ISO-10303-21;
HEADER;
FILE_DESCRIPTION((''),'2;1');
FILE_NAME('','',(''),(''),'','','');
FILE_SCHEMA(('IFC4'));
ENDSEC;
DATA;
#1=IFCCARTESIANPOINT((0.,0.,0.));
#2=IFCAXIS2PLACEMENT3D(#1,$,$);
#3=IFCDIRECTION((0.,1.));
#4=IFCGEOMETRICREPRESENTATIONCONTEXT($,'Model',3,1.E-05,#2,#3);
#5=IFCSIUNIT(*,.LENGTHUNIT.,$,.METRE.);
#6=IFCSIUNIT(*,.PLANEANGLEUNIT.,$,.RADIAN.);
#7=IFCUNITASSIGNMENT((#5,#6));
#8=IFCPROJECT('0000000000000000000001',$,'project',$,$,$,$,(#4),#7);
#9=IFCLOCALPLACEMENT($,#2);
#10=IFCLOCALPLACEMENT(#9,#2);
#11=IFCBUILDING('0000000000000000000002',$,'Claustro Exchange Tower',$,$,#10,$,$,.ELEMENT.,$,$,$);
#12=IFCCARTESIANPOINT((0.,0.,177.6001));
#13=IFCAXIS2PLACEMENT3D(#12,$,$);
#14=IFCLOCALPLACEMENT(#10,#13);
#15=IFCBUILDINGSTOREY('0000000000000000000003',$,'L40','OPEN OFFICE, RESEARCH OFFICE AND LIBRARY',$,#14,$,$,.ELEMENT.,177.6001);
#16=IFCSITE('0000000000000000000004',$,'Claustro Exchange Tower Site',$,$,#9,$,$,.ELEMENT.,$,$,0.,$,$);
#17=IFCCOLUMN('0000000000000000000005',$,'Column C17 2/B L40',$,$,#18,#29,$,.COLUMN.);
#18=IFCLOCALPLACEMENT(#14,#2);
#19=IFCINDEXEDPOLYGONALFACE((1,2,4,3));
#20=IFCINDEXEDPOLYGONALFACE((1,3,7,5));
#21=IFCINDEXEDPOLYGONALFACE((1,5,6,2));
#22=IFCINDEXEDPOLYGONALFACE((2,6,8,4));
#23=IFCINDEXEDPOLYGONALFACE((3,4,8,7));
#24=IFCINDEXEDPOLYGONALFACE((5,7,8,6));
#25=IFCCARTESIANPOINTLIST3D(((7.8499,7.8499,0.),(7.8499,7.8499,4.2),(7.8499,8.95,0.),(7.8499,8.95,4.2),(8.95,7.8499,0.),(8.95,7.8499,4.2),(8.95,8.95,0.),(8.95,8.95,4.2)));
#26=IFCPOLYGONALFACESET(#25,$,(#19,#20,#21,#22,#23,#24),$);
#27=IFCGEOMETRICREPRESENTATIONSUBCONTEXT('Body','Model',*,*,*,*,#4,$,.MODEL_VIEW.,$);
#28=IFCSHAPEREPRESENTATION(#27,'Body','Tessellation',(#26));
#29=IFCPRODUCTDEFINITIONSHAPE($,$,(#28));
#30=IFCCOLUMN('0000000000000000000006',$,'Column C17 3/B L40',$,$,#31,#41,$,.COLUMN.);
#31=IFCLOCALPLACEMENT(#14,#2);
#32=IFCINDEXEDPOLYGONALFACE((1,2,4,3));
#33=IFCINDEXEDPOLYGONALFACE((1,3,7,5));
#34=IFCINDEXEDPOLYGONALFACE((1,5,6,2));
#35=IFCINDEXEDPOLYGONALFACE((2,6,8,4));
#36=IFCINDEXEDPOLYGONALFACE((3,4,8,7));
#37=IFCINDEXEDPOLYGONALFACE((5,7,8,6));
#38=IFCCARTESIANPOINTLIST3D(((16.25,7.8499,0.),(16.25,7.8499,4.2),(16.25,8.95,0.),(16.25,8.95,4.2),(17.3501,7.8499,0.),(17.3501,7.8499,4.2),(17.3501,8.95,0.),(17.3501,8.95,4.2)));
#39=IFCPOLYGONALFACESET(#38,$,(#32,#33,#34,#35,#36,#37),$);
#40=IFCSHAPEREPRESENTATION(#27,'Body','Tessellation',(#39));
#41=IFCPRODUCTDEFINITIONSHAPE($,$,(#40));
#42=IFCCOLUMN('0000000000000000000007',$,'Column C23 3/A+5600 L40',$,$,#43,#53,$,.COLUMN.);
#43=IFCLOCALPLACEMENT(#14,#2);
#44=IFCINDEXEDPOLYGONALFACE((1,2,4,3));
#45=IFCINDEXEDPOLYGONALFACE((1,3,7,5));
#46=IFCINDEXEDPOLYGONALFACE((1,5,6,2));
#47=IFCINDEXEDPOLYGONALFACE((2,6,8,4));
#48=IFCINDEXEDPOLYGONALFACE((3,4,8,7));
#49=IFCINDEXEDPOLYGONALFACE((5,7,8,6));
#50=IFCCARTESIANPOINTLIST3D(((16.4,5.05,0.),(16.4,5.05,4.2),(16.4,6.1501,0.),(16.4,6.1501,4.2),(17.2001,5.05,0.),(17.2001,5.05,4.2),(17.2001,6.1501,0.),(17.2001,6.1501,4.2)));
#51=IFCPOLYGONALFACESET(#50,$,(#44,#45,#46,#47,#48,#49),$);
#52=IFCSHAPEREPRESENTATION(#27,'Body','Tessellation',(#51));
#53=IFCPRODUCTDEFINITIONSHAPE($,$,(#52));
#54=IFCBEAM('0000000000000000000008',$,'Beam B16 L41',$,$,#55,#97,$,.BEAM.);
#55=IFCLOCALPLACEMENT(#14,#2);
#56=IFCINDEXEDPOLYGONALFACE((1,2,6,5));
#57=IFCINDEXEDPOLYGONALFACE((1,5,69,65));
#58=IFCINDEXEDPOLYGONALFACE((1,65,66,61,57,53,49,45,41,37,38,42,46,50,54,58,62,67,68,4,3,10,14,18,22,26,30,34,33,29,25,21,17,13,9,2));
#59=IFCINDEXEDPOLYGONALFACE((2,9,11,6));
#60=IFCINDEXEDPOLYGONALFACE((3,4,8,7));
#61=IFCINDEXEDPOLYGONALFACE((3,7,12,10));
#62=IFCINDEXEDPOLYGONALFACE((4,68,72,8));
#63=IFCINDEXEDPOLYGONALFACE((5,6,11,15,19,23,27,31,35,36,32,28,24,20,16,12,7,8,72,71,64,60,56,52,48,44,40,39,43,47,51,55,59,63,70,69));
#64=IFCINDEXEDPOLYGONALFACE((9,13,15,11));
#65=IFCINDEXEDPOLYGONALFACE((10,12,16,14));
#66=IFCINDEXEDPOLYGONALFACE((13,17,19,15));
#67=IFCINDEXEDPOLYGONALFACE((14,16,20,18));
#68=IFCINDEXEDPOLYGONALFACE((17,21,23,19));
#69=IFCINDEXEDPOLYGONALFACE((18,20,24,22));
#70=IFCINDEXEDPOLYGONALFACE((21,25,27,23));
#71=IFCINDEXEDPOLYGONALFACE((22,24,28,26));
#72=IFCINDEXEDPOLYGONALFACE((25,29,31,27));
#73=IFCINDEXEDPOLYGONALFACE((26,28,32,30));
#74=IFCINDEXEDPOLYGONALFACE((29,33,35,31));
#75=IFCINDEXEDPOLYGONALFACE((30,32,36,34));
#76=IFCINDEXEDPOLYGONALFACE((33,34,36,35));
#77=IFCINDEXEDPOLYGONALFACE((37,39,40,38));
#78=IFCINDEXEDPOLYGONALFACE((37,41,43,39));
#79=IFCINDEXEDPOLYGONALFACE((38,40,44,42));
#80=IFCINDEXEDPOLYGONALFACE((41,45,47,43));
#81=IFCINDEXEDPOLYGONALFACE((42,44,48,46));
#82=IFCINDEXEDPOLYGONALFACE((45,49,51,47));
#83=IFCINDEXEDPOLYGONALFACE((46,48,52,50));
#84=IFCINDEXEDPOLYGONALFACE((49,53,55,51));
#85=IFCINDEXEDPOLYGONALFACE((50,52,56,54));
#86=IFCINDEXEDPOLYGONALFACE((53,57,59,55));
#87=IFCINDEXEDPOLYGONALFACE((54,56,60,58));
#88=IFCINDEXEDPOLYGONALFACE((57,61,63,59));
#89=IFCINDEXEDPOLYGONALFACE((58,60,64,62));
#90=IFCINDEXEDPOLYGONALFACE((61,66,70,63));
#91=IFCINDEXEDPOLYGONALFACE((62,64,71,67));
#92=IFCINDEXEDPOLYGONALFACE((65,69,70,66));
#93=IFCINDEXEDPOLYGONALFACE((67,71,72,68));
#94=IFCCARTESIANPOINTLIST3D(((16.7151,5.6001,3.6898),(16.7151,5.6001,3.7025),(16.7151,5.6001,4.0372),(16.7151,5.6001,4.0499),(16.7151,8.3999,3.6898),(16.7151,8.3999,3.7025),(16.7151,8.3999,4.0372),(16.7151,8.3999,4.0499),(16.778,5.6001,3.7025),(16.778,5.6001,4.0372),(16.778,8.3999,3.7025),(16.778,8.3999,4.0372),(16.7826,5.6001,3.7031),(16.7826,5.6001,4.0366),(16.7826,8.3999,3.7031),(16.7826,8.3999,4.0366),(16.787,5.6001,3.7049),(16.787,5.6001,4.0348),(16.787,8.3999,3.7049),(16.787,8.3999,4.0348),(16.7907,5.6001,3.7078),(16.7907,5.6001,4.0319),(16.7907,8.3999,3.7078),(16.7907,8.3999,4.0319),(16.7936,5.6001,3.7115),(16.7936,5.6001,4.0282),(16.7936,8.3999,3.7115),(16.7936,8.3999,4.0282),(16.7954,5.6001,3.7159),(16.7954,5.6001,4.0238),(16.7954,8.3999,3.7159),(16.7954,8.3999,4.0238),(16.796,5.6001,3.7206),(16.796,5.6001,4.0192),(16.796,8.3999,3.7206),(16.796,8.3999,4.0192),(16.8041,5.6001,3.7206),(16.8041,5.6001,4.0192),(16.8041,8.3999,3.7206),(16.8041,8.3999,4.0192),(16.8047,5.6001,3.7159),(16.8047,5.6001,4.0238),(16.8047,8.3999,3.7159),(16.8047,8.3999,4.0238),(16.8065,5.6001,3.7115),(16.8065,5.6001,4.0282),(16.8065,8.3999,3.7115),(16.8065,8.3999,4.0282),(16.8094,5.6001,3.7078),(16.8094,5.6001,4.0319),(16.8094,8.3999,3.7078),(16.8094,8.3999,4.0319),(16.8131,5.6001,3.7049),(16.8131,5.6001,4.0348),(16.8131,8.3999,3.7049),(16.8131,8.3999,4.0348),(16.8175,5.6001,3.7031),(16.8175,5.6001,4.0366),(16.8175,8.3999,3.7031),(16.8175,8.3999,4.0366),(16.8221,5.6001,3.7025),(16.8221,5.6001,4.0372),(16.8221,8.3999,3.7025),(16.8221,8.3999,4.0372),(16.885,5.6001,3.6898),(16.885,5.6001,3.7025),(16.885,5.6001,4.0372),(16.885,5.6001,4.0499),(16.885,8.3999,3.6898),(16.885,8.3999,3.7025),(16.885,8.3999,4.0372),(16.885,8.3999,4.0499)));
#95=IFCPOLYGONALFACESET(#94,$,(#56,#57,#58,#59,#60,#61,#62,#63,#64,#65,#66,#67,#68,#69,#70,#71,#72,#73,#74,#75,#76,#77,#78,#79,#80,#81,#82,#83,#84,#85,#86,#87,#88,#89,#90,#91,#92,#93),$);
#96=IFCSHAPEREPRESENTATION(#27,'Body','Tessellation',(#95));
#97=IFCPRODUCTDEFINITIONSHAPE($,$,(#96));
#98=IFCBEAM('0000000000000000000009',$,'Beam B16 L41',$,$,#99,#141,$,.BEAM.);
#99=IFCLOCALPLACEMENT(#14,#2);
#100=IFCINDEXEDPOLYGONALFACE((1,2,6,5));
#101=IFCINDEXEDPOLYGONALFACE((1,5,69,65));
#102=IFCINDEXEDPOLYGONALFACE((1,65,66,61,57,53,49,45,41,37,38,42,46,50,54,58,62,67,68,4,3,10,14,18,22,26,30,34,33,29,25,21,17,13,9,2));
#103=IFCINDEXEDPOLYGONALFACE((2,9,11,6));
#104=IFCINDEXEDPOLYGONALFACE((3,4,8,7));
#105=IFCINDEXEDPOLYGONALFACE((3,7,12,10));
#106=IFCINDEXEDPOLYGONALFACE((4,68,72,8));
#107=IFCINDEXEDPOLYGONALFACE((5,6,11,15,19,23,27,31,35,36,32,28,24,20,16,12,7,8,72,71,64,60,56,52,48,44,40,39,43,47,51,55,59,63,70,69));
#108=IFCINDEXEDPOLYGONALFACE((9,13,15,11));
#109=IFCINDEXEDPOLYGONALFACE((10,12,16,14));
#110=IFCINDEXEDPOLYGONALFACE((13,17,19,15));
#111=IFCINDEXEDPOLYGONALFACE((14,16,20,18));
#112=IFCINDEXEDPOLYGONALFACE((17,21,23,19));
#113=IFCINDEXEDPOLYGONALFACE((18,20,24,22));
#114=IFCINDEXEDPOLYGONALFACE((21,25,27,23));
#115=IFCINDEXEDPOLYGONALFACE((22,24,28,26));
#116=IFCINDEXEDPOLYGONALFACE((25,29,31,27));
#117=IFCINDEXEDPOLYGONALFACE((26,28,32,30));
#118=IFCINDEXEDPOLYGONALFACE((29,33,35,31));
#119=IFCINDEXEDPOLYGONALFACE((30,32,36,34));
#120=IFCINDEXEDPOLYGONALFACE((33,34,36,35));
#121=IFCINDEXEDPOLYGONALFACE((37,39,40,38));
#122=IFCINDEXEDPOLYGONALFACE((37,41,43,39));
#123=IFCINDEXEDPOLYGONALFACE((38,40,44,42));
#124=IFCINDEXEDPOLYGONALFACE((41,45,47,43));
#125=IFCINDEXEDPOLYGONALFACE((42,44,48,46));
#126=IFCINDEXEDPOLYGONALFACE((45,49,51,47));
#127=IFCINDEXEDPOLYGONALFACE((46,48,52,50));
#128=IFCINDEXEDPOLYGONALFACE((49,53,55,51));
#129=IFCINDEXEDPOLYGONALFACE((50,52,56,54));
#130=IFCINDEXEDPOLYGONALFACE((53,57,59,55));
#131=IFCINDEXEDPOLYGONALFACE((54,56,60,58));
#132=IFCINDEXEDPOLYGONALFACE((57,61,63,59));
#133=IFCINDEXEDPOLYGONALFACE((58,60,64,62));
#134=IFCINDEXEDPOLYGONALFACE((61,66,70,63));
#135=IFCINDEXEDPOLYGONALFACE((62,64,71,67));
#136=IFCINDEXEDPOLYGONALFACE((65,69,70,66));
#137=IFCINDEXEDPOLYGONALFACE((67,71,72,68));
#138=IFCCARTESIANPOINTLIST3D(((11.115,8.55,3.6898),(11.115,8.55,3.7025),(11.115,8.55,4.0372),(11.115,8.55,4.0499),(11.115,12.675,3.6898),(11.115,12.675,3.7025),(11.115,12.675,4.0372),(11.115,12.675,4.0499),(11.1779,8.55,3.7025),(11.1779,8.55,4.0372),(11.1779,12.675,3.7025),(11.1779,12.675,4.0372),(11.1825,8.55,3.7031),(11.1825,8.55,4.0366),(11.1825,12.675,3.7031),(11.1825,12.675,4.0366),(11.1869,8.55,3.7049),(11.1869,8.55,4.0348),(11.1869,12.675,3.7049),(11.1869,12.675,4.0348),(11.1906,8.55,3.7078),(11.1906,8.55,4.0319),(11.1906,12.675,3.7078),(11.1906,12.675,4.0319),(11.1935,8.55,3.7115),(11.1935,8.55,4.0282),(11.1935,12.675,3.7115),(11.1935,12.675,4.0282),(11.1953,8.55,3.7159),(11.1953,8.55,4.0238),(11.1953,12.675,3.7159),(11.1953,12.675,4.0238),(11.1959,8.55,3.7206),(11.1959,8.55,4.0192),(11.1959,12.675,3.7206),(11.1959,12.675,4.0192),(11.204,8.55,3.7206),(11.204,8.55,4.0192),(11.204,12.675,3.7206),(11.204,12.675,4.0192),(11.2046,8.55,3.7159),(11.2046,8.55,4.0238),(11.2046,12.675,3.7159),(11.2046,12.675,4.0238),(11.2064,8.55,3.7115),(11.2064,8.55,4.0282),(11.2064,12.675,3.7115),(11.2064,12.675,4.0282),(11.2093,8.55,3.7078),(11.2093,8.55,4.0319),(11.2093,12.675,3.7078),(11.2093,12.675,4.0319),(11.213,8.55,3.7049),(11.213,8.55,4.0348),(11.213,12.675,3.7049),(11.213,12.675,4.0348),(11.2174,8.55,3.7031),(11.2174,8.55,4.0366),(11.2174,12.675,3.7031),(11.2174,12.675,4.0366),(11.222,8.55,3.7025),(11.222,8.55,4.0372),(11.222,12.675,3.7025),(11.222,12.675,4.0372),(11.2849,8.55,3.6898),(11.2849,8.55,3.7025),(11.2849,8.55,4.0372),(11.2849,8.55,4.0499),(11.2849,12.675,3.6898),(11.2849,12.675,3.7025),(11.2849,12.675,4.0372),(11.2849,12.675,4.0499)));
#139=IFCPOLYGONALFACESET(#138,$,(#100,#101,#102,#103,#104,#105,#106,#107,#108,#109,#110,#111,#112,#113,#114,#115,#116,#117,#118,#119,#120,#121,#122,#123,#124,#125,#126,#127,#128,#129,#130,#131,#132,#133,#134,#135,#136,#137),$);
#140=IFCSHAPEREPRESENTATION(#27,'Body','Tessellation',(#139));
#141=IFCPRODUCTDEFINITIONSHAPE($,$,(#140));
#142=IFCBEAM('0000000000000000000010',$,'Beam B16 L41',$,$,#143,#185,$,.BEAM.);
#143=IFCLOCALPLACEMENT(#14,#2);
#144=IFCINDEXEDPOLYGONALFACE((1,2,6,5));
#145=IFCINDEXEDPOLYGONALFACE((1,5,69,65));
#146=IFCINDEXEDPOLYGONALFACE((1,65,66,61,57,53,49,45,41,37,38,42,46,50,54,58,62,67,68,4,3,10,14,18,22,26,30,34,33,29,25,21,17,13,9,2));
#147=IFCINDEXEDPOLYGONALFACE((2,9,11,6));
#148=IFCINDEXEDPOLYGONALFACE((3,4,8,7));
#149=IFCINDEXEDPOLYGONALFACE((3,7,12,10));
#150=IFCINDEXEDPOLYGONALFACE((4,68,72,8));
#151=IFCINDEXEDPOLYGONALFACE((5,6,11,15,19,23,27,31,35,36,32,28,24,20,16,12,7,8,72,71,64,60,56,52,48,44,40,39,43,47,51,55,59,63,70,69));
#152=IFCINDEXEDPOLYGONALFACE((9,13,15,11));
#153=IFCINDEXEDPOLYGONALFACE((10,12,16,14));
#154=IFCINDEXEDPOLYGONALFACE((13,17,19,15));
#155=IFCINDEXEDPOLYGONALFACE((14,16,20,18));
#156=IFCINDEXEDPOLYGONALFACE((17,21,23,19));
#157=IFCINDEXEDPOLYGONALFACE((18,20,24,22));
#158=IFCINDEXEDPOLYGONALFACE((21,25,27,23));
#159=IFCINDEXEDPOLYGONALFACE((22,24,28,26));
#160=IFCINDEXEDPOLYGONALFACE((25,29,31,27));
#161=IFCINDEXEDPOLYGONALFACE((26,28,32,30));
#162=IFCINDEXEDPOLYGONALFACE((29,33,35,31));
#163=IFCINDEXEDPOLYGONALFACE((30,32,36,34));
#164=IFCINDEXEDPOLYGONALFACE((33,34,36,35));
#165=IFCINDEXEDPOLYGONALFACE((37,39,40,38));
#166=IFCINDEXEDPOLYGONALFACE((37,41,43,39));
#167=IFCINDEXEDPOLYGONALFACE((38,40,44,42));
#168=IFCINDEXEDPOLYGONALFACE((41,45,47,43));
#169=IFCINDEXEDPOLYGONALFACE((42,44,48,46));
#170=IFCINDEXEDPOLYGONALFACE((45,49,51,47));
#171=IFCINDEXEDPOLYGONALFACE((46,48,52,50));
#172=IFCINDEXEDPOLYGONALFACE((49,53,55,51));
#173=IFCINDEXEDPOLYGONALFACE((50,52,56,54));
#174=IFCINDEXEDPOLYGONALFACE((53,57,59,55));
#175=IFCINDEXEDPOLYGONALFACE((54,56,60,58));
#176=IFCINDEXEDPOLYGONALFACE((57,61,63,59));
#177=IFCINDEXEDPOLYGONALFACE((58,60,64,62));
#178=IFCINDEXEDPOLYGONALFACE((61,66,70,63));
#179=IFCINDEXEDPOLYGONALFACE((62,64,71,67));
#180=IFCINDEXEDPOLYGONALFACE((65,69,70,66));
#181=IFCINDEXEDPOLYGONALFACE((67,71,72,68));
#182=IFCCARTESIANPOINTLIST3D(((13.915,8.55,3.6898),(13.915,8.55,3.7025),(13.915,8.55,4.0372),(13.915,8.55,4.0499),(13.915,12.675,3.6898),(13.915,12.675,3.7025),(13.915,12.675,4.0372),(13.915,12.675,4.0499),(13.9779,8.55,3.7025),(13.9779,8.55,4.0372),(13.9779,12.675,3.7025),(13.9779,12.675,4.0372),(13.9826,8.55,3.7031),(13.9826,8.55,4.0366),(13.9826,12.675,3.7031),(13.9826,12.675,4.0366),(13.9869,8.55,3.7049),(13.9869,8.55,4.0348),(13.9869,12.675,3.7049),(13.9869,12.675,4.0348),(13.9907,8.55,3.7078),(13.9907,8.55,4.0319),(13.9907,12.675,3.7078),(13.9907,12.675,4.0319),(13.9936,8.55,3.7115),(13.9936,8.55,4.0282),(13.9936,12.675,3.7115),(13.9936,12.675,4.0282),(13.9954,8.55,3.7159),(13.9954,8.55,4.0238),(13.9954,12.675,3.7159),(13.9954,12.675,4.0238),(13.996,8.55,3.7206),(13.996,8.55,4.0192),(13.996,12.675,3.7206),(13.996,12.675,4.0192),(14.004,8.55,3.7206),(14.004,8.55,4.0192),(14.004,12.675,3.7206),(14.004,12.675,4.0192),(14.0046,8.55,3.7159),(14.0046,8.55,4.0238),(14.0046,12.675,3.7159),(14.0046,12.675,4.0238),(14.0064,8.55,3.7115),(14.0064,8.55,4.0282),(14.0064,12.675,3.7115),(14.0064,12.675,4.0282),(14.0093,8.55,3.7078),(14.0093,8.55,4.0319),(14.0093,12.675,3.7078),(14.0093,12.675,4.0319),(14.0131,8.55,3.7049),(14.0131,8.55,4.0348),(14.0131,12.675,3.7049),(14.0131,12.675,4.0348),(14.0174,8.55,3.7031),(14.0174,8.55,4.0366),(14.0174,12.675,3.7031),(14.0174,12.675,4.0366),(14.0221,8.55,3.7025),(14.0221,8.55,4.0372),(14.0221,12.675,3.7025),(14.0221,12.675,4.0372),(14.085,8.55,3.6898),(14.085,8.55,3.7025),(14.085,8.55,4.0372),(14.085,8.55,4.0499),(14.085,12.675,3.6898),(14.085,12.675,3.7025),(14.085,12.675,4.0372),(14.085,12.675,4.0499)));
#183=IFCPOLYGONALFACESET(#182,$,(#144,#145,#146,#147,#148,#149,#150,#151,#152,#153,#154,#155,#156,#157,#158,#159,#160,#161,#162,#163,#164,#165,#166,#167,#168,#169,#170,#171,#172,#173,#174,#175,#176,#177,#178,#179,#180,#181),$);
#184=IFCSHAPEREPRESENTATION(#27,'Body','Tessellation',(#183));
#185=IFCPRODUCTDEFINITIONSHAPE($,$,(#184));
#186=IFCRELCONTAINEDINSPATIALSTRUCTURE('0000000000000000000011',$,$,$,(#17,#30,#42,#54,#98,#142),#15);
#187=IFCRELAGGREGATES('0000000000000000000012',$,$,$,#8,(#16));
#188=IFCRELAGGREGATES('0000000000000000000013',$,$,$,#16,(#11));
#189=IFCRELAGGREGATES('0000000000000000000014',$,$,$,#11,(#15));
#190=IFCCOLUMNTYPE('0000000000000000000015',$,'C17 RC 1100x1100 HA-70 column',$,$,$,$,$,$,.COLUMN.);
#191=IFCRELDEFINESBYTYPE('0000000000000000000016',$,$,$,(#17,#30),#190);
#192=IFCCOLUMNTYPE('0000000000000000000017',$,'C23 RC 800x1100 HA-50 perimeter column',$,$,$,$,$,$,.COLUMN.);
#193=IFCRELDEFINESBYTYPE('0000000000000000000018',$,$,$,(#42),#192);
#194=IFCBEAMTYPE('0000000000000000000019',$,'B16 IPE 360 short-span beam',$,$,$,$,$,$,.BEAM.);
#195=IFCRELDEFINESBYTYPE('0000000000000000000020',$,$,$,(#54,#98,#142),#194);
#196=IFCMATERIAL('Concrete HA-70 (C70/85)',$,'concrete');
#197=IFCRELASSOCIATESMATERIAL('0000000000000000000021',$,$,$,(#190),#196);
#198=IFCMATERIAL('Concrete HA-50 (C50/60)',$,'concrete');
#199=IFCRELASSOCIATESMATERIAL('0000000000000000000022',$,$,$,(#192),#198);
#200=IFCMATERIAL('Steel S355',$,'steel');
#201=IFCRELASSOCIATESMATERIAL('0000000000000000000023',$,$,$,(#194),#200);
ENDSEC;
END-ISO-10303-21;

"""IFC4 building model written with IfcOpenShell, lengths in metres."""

from ifc_helpers import new_model, si_unit, direction, frame, origin, origin_2d, place, context, subcontext, project, spatial, rectangle, i_section, extrude, material, material_profile, profile_set, type_object, element, save


model = new_model("IFC4")

# Units and contexts
model_context = context("Model", 3, precision=1e-05, world=origin(), true_north=direction((0.0, 1.0)))
body_context = subcontext(model_context, "Body", "Model", "MODEL_VIEW")
ifc_project = project(units=[si_unit("LENGTHUNIT", "METRE"), si_unit("PLANEANGLEUNIT", "RADIAN")], contexts=[model_context])

# Site, building, storey
site_placement = place(None, origin())
site = spatial("IfcSite", under=ifc_project, at=site_placement, Name="Claustro Exchange Tower Site", CompositionType="ELEMENT", RefElevation=0.0)
building_placement = place(site_placement, origin())
building = spatial("IfcBuilding", under=site, at=building_placement, Name="Claustro Exchange Tower", CompositionType="ELEMENT")
storey_placement = place(building_placement, frame((0.0, 0.0, 177.6001)))
storey = spatial("IfcBuildingStorey", under=building, at=storey_placement, Name="L40", Description="OPEN OFFICE, RESEARCH OFFICE AND LIBRARY", CompositionType="ELEMENT", Elevation=177.6001)

# Columns
ifc_material_1 = material(Name="Concrete HA-70 (C70/85)", Category="concrete")
ifc_material_profile_1 = material_profile(ifc_material_1, rectangle(XDim=1.1001, YDim=1.1001, at=origin_2d()), Name="RC 1100x1100")
ifc_profile_set_1 = profile_set([ifc_material_profile_1], Name="Concrete HA-70 (C70/85)")
column_type_1 = type_object("IfcColumnType", Name="C17 RC 1100x1100 HA-70 column", PredefinedType="COLUMN", material=ifc_profile_set_1)
for number, where, z_axis, x_axis, name in (
    (1, (8.3999, 8.3999, 0.0), (0.0, 0.0, 1.0), (1.0, 0.0, 0.0), "Column C17 2/B L40"),
    (2, (16.8, 8.3999, 0.0), (0.0, 0.0, 1.0), (1.0, 0.0, 0.0), "Column C17 3/B L40"),
):
    element("IfcColumn", number, at=place(storey_placement, frame(where, z_axis=z_axis, x_axis=x_axis)), inside=storey, type_object=column_type_1, Name=name, PredefinedType="COLUMN", context=body_context, shape_type="SweptSolid", body=[
        extrude(rectangle(XDim=1.1001, YDim=1.1001, at=origin_2d()), origin(), (0.0, 0.0, 1.0), 4.2),
    ])
ifc_material_2 = material(Name="Concrete HA-50 (C50/60)", Category="concrete")
ifc_material_profile_2 = material_profile(ifc_material_2, rectangle(XDim=0.8, YDim=1.1001, at=origin_2d()), Name="RC 800x1100")
ifc_profile_set_2 = profile_set([ifc_material_profile_2], Name="Concrete HA-50 (C50/60)")
column_type_2 = type_object("IfcColumnType", Name="C23 RC 800x1100 HA-50 perimeter column", PredefinedType="COLUMN", material=ifc_profile_set_2)
column_placement = place(storey_placement, frame((16.8, 5.6001, 0.0), z_axis=(0.0, 0.0, 1.0), x_axis=(1.0, 0.0, 0.0)))
element("IfcColumn", 3, at=column_placement, inside=storey, type_object=column_type_2, Name="Column C23 3/A+5600 L40", PredefinedType="COLUMN", context=body_context, shape_type="SweptSolid", body=[
    extrude(rectangle(XDim=0.8, YDim=1.1001, at=origin_2d()), origin(), (0.0, 0.0, 1.0), 4.2),
])

# Beams
ifc_material_3 = material(Name="Steel S355", Category="steel")
ifc_material_profile_3 = material_profile(ifc_material_3, i_section(OverallWidth=0.1699, OverallDepth=0.3601, WebThickness=0.0081, FlangeThickness=0.0127, FilletRadius=0.0181, at=origin_2d()), Name="IPE 360")
ifc_profile_set_3 = profile_set([ifc_material_profile_3], Name="Steel S355")
beam_type_1 = type_object("IfcBeamType", Name="B16 IPE 360 short-span beam", PredefinedType="BEAM", material=ifc_profile_set_3)
beam_1_placement = place(storey_placement, frame((16.8, 5.6001, 3.8699), z_axis=(0.0, 1.0, 0.0), x_axis=(-1.0, 0.0, 0.0)))
element("IfcBeam", 4, at=beam_1_placement, inside=storey, type_object=beam_type_1, Name="Beam B16 L41", PredefinedType="BEAM", context=body_context, shape_type="SweptSolid", body=[
    extrude(i_section(OverallWidth=0.1699, OverallDepth=0.3601, WebThickness=0.0081, FlangeThickness=0.0127, FilletRadius=0.0181, at=origin_2d()), origin(), (0.0, 0.0, 1.0), 2.7998),
])
for number, where, z_axis, x_axis, name in (
    (5, (11.2, 8.55, 3.8699), (0.0, 1.0, 0.0), (-1.0, 0.0, 0.0), "Beam B16 L41"),
    (6, (14.0, 8.55, 3.8699), (0.0, 1.0, 0.0), (-1.0, 0.0, 0.0), "Beam B16 L41"),
):
    element("IfcBeam", number, at=place(storey_placement, frame(where, z_axis=z_axis, x_axis=x_axis)), inside=storey, type_object=beam_type_1, Name=name, PredefinedType="BEAM", context=body_context, shape_type="SweptSolid", body=[
        extrude(i_section(OverallWidth=0.1699, OverallDepth=0.3601, WebThickness=0.0081, FlangeThickness=0.0127, FilletRadius=0.0181, at=origin_2d()), origin(), (0.0, 0.0, 1.0), 4.125),
    ])

save(model, "model.ifc")
